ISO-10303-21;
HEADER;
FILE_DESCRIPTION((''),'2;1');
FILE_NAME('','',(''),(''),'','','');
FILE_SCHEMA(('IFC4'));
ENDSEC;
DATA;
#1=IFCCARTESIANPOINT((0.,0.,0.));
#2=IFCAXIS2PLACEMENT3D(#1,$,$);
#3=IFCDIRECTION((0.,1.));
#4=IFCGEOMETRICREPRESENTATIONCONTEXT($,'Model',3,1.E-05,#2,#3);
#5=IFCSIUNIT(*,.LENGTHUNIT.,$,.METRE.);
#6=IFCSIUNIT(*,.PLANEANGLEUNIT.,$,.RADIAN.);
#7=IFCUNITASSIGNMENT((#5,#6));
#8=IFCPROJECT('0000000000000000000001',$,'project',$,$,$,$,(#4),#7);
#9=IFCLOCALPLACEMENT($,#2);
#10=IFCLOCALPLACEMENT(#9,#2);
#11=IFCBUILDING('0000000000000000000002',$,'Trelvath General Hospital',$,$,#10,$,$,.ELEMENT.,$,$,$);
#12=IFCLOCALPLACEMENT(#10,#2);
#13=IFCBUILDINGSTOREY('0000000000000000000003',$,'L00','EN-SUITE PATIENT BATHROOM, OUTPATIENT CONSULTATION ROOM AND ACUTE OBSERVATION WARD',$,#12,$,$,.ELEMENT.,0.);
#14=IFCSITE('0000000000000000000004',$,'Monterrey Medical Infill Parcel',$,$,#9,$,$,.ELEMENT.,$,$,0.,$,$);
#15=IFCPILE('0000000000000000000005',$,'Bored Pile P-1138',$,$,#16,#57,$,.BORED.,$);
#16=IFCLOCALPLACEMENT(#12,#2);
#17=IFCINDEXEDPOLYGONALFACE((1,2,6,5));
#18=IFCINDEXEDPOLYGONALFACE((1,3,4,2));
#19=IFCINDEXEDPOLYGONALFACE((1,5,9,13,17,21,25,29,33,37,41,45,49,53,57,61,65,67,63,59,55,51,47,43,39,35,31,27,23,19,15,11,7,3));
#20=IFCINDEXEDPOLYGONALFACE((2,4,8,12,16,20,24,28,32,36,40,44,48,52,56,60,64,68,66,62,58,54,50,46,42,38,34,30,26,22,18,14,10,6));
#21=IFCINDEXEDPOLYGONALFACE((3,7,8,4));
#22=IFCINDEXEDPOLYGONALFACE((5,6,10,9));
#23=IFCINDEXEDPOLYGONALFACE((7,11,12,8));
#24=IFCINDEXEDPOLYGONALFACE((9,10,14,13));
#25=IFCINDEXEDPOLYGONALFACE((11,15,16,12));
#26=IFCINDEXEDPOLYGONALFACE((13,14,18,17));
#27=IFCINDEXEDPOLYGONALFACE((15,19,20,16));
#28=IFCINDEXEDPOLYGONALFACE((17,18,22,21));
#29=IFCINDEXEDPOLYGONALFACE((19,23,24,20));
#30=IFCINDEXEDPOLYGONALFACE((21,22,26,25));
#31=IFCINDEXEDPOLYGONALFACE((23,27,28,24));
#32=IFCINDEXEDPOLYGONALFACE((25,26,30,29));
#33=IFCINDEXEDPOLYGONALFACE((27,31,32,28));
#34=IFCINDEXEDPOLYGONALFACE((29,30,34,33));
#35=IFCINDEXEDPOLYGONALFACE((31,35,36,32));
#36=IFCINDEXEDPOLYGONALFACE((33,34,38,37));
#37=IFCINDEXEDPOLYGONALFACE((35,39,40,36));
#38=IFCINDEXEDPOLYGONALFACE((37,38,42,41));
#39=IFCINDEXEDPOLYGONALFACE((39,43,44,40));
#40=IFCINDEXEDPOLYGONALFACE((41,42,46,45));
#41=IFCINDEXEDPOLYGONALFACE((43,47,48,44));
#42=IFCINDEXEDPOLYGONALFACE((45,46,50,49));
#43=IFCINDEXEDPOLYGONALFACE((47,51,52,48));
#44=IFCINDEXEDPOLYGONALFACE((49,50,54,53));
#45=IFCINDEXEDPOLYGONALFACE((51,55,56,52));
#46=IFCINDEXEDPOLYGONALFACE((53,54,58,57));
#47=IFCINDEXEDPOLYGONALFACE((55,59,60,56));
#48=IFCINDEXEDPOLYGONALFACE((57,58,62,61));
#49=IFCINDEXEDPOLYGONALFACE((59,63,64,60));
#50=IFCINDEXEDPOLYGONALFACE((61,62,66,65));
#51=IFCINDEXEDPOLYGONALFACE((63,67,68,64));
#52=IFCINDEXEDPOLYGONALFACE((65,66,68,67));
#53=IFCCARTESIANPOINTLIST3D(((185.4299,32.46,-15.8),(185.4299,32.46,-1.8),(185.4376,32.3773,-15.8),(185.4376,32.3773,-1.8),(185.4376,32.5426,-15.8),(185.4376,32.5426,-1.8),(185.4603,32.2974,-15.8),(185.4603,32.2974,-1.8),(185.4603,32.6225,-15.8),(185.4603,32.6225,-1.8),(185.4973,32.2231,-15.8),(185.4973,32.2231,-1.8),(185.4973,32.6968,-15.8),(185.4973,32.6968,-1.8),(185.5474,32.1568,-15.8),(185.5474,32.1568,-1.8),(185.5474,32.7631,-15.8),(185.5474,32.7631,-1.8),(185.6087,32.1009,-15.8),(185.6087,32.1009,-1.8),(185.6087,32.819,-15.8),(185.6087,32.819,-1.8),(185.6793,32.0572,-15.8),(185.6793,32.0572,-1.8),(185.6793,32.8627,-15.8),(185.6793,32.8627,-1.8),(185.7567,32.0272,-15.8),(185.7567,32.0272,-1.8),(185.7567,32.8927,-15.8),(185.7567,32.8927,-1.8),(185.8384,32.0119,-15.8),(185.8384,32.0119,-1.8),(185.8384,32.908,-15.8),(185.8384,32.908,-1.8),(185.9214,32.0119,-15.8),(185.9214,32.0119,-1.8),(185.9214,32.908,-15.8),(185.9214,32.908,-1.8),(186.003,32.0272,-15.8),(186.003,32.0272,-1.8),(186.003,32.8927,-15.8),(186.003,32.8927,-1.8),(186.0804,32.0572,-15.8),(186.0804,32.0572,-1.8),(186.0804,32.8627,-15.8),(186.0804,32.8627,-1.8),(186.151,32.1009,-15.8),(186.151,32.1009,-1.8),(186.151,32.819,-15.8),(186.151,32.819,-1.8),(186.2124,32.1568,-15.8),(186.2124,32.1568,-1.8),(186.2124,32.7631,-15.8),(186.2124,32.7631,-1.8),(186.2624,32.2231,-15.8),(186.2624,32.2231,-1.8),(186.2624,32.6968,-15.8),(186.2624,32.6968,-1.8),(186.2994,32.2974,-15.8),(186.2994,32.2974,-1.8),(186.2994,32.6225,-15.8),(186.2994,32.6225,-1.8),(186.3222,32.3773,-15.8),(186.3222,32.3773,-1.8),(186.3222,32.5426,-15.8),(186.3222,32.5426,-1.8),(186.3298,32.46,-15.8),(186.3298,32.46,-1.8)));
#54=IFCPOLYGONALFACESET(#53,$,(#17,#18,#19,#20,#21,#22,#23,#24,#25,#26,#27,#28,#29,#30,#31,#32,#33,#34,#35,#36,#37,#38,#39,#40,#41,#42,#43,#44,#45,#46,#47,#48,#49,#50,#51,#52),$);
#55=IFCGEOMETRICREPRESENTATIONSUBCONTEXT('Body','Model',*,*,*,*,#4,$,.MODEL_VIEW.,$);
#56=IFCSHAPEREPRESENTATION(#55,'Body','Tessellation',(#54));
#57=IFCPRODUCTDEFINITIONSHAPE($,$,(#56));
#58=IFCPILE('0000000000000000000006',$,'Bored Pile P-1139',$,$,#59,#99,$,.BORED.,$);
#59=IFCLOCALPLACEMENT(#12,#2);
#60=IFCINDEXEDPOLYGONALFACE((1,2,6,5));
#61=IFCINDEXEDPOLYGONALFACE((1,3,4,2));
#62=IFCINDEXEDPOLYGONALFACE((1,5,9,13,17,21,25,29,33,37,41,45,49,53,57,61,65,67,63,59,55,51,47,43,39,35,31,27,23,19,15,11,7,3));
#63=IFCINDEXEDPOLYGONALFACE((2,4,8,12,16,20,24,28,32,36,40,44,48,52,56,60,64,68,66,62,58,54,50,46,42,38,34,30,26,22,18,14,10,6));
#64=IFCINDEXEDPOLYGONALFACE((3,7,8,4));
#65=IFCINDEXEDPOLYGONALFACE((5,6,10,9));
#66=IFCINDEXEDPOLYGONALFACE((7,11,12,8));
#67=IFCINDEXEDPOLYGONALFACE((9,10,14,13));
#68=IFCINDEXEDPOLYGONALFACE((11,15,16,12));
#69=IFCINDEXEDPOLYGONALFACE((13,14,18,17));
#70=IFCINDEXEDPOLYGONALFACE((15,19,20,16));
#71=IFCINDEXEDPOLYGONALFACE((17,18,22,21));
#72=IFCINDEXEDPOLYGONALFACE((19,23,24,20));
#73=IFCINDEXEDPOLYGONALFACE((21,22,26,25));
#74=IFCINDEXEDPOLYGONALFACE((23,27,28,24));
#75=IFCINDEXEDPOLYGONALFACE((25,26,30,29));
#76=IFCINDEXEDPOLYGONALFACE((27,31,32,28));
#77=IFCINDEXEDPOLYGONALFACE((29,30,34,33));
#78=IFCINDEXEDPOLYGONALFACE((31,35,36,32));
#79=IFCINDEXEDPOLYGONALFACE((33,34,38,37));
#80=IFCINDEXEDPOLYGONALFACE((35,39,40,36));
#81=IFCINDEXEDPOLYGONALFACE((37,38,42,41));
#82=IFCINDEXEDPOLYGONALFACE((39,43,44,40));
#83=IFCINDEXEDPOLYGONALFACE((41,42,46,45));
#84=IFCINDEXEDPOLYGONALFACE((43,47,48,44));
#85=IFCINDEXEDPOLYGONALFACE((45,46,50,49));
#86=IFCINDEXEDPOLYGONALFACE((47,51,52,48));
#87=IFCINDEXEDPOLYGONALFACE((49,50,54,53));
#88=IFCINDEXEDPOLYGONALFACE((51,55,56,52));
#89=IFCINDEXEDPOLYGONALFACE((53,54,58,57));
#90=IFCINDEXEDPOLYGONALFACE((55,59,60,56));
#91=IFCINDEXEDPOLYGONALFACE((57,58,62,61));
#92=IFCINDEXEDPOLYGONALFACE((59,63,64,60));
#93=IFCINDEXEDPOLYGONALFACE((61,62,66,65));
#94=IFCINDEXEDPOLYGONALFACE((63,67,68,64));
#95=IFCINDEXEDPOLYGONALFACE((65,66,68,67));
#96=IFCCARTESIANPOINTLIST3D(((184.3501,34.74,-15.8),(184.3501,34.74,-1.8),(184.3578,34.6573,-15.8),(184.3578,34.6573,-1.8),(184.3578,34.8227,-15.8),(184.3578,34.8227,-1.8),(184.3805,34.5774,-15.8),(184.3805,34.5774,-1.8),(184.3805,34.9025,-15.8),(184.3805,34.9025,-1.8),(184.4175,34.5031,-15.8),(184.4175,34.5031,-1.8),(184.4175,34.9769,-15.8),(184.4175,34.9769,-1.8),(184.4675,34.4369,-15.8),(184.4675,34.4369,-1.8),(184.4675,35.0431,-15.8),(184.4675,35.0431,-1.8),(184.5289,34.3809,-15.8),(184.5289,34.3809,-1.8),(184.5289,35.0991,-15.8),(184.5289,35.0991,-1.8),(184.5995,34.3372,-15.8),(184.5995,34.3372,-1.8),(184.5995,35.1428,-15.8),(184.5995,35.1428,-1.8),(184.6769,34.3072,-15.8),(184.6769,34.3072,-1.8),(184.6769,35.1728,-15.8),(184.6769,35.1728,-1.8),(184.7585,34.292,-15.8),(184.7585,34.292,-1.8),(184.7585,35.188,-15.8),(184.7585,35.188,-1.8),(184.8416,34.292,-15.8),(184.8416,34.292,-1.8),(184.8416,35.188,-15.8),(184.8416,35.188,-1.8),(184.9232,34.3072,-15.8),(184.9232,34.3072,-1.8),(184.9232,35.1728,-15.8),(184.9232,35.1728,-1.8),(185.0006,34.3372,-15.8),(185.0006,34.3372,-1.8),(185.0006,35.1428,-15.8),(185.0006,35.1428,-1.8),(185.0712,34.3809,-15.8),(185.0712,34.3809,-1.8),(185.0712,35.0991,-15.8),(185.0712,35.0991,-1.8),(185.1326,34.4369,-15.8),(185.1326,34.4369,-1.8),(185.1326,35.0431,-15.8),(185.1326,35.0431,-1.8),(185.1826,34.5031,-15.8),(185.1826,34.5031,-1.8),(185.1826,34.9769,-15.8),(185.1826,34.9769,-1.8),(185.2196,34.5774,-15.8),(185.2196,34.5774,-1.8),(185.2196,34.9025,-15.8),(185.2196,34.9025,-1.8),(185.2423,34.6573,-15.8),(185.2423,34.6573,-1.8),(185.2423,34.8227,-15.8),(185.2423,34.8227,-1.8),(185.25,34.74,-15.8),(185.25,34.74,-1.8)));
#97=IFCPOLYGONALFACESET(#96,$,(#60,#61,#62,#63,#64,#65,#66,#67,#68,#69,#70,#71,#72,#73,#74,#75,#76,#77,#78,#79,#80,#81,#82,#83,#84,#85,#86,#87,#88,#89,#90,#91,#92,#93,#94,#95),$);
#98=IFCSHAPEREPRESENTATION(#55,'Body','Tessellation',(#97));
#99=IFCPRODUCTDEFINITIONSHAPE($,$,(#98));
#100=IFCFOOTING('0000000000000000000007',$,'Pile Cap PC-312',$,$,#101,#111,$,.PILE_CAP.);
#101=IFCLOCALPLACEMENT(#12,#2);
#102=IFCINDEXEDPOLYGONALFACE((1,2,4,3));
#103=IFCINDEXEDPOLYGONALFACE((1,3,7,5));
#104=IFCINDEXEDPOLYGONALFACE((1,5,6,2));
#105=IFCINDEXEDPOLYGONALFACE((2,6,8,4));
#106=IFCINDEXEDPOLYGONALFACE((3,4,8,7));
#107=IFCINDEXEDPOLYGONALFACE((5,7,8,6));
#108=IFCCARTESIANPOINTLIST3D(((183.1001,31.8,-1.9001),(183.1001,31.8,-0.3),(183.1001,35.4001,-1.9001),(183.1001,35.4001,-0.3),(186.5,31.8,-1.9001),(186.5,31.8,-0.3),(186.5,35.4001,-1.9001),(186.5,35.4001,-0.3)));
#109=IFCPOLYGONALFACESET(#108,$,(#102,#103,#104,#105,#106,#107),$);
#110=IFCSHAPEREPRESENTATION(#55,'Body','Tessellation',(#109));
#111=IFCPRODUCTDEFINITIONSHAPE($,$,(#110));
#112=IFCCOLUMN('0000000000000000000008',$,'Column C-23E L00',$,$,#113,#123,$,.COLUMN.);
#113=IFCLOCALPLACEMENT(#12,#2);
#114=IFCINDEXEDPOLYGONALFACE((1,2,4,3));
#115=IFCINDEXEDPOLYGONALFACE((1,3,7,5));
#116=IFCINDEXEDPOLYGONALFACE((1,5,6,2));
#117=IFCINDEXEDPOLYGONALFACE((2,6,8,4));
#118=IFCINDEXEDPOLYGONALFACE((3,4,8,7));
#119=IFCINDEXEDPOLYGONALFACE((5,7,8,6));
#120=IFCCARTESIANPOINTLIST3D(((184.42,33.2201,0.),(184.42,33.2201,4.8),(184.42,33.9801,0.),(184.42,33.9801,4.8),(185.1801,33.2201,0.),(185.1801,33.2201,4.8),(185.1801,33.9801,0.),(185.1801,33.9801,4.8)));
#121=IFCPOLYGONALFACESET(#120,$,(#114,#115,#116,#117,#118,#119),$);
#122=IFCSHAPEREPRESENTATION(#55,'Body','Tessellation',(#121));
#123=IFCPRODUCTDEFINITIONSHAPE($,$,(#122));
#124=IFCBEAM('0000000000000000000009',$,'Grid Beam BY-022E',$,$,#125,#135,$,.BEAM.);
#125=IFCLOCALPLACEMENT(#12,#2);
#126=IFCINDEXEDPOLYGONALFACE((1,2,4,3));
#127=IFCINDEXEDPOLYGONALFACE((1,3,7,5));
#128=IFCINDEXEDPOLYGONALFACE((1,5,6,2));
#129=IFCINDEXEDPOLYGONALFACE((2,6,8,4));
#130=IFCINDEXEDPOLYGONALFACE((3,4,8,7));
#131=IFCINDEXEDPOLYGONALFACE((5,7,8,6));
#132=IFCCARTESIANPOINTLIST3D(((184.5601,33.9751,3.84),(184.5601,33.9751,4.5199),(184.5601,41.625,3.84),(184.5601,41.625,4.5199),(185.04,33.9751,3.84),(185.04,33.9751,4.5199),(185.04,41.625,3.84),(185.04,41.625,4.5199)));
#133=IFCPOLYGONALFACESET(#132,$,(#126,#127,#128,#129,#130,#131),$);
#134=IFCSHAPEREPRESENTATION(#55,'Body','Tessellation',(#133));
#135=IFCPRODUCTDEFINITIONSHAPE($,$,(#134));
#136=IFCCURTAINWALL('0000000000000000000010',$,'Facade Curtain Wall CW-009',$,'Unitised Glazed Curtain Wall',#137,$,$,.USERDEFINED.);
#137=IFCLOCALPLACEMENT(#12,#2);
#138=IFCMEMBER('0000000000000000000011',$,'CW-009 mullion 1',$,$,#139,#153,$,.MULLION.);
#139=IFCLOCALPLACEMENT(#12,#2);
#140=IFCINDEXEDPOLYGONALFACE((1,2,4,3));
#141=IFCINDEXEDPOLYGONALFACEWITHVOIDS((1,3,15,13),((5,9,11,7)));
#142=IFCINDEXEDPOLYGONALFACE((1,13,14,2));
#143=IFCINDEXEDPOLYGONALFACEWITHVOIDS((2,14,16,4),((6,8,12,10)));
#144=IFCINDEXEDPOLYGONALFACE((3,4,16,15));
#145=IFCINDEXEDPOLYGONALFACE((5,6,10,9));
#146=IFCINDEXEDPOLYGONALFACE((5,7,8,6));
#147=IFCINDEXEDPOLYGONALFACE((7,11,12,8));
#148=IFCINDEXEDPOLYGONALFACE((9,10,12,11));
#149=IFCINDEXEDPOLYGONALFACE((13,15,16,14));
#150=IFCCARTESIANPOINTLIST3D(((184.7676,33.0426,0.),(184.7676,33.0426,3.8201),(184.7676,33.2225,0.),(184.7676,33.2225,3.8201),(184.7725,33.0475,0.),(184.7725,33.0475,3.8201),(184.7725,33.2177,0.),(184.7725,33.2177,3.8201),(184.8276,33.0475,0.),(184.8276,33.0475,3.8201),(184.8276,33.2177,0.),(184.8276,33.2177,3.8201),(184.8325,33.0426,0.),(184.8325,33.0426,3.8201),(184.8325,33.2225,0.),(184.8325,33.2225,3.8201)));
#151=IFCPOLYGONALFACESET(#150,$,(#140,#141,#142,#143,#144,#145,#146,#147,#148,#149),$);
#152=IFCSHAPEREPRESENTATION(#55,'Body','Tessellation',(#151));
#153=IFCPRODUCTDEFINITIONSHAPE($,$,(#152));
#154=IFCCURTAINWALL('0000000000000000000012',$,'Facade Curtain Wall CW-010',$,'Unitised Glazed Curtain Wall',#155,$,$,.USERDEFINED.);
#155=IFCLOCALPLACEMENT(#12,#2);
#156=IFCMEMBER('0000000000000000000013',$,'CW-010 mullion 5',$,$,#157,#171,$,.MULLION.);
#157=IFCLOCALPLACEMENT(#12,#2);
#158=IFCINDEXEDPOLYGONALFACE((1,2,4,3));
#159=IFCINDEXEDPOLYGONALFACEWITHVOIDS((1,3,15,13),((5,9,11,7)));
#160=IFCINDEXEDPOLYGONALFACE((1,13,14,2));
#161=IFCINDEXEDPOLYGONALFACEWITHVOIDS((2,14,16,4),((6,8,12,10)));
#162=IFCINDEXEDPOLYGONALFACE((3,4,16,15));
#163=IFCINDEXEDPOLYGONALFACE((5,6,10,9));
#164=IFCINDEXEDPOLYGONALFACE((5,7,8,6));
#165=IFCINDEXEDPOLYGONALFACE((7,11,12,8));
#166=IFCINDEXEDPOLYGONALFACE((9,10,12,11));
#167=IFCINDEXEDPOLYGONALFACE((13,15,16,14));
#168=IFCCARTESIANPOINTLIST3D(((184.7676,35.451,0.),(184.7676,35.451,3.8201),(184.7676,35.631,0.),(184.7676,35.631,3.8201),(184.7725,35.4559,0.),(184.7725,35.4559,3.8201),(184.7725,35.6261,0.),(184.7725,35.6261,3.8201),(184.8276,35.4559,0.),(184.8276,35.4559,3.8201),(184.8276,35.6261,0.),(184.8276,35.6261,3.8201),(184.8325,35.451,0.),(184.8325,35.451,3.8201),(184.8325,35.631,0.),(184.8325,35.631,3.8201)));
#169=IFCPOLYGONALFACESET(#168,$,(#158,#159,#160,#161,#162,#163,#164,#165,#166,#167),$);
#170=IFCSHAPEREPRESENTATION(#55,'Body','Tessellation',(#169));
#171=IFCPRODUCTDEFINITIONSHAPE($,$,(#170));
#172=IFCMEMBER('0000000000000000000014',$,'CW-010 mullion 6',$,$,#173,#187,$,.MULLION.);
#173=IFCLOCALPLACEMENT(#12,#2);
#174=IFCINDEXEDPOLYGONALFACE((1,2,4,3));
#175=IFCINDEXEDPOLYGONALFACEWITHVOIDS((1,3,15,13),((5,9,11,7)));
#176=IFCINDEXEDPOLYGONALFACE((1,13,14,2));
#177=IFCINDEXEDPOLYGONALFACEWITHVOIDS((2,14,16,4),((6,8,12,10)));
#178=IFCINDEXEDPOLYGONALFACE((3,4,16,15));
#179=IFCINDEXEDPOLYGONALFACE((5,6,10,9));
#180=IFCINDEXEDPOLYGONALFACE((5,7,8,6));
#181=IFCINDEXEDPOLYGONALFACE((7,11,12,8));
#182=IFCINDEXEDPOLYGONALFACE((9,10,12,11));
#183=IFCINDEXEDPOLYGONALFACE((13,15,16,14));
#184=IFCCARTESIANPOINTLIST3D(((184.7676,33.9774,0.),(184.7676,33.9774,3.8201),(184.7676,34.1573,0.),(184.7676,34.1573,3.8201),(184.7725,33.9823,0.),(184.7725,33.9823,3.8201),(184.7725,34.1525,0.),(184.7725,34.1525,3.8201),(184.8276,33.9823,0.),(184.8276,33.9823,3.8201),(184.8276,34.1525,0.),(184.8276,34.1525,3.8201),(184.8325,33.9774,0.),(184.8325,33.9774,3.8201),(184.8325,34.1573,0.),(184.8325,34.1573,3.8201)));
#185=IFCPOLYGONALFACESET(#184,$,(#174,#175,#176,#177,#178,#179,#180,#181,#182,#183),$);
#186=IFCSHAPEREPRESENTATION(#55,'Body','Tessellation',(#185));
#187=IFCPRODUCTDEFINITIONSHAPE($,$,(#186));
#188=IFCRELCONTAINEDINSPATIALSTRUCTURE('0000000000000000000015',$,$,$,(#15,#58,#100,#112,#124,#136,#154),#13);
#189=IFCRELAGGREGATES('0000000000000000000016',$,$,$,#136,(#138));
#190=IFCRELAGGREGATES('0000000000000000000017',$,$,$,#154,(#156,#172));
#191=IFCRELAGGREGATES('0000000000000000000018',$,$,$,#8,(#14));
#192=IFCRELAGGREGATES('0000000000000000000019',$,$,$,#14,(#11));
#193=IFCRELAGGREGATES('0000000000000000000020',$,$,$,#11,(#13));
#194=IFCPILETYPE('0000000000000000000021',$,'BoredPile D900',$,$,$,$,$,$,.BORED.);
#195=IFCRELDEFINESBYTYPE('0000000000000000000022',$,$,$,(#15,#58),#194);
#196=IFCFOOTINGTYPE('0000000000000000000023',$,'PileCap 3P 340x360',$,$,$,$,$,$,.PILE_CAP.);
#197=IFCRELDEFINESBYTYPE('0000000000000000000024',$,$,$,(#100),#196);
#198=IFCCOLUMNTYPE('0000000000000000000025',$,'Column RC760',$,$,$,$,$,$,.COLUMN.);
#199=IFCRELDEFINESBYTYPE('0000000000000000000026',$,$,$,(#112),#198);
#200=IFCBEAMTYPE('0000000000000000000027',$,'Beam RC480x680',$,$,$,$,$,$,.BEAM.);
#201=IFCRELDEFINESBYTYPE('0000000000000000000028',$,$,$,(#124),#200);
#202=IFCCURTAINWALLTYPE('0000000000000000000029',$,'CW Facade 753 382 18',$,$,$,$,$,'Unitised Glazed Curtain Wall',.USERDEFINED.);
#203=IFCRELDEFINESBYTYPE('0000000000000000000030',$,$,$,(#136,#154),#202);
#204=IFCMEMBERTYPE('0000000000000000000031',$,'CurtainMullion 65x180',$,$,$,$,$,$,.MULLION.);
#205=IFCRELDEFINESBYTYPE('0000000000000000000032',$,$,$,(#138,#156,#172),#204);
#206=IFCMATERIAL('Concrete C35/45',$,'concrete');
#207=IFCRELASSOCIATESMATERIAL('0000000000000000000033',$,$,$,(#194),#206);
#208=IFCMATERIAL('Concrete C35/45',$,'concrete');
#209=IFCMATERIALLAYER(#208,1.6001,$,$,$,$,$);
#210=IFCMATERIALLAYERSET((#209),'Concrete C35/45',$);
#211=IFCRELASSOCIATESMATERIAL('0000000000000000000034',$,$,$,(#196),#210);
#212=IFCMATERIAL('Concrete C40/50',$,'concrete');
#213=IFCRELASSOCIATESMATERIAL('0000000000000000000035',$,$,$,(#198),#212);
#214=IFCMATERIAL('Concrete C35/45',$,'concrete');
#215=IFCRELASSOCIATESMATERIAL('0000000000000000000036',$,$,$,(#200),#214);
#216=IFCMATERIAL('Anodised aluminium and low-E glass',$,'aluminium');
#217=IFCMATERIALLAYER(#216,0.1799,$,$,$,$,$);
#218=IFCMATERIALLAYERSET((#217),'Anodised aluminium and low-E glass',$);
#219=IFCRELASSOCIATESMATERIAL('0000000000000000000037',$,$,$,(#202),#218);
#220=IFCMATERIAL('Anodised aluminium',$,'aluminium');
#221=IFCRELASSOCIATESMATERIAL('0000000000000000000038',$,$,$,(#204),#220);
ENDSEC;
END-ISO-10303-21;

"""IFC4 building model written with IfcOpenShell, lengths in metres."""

from ifc_helpers import new_model, si_unit, direction, frame, origin, origin_2d, place, context, subcontext, project, spatial, rectangle, hollow_rectangle, circle, extrude, material, layer, layer_set, material_profile, profile_set, type_object, element, aggregate, save


model = new_model("IFC4")

# Units and contexts
model_context = context("Model", 3, precision=1e-05, world=origin(), true_north=direction((0.0, 1.0)))
body_context = subcontext(model_context, "Body", "Model", "MODEL_VIEW")
ifc_project = project(units=[si_unit("LENGTHUNIT", "METRE"), si_unit("PLANEANGLEUNIT", "RADIAN")], contexts=[model_context])

# Site, building, storey
site_placement = place(None, origin())
site = spatial("IfcSite", under=ifc_project, at=site_placement, Name="Monterrey Medical Infill Parcel", CompositionType="ELEMENT", RefElevation=0.0)
building_placement = place(site_placement, origin())
building = spatial("IfcBuilding", under=site, at=building_placement, Name="Trelvath General Hospital", CompositionType="ELEMENT")
storey_placement = place(building_placement, origin())
storey = spatial("IfcBuildingStorey", under=building, at=storey_placement, Name="L00", Description="EN-SUITE PATIENT BATHROOM, OUTPATIENT CONSULTATION ROOM AND ACUTE OBSERVATION WARD", CompositionType="ELEMENT", Elevation=0.0)

# Piles
ifc_material_1 = material(Name="Concrete C35/45", Category="concrete")
ifc_material_profile_1 = material_profile(ifc_material_1, circle(Radius=0.45, at=origin_2d()), Name="PILE900")
ifc_profile_set_1 = profile_set([ifc_material_profile_1], Name="Concrete C35/45")
pile_type = type_object("IfcPileType", Name="BoredPile D900", PredefinedType="BORED", material=ifc_profile_set_1)
for number, where, z_axis, x_axis, name in (
    (1, (185.8799, 32.46, -1.8), (0.0, 0.0, -1.0), (1.0, 0.0, 0.0), "Bored Pile P-1138"),
    (2, (184.8, 34.74, -1.8), (0.0, 0.0, -1.0), (1.0, 0.0, 0.0), "Bored Pile P-1139"),
):
    element("IfcPile", number, at=place(storey_placement, frame(where, z_axis=z_axis, x_axis=x_axis)), inside=storey, type_object=pile_type, Name=name, PredefinedType="BORED", context=body_context, shape_type="SweptSolid", body=[
        extrude(circle(Radius=0.45, at=origin_2d()), origin(), (0.0, 0.0, 1.0), 14.0),
    ])

# Footing
ifc_material_2 = material(Name="Concrete C35/45", Category="concrete")
ifc_layer_1 = layer(ifc_material_2, 1.6001)
ifc_layer_set_1 = layer_set([ifc_layer_1], Name="Concrete C35/45")
footing_type = type_object("IfcFootingType", Name="PileCap 3P 340x360", PredefinedType="PILE_CAP", material=ifc_layer_set_1)
footing_placement = place(storey_placement, frame((184.8, 33.6001, -1.9001), z_axis=(0.0, 0.0, 1.0), x_axis=(1.0, 0.0, 0.0)))
element("IfcFooting", 3, at=footing_placement, inside=storey, type_object=footing_type, Name="Pile Cap PC-312", PredefinedType="PILE_CAP", context=body_context, shape_type="SweptSolid", body=[
    extrude(rectangle(XDim=3.3999, YDim=3.6001, at=origin_2d()), origin(), (0.0, 0.0, 1.0), 1.6001),
])

# Column
ifc_material_3 = material(Name="Concrete C40/50", Category="concrete")
ifc_material_profile_2 = material_profile(ifc_material_3, rectangle(XDim=0.76, YDim=0.76, at=origin_2d()), Name="RC760x760")
ifc_profile_set_2 = profile_set([ifc_material_profile_2], Name="Concrete C40/50")
column_type = type_object("IfcColumnType", Name="Column RC760", PredefinedType="COLUMN", material=ifc_profile_set_2)
column_placement = place(storey_placement, frame((184.8, 33.6001, 0.0), z_axis=(0.0, 0.0, 1.0), x_axis=(1.0, 0.0, 0.0)))
element("IfcColumn", 4, at=column_placement, inside=storey, type_object=column_type, Name="Column C-23E L00", PredefinedType="COLUMN", context=body_context, shape_type="SweptSolid", body=[
    extrude(rectangle(XDim=0.76, YDim=0.76, at=origin_2d()), origin(), (0.0, 0.0, 1.0), 4.8),
])

# Beam
ifc_material_4 = material(Name="Concrete C35/45", Category="concrete")
ifc_material_profile_3 = material_profile(ifc_material_4, rectangle(XDim=0.48, YDim=0.6799, at=origin_2d()), Name="RCB480x680")
ifc_profile_set_3 = profile_set([ifc_material_profile_3], Name="Concrete C35/45")
beam_type = type_object("IfcBeamType", Name="Beam RC480x680", PredefinedType="BEAM", material=ifc_profile_set_3)
beam_placement = place(storey_placement, frame((184.8, 33.9751, 4.1799), z_axis=(0.0, 1.0, 0.0), x_axis=(-1.0, 0.0, 0.0)))
element("IfcBeam", 5, at=beam_placement, inside=storey, type_object=beam_type, Name="Grid Beam BY-022E", PredefinedType="BEAM", context=body_context, shape_type="SweptSolid", body=[
    extrude(rectangle(XDim=0.48, YDim=0.6799, at=origin_2d()), origin(), (0.0, 0.0, 1.0), 7.6499),
])

# Curtain wall, member
ifc_material_5 = material(Name="Anodised aluminium and low-E glass", Category="aluminium")
ifc_layer_2 = layer(ifc_material_5, 0.1799)
ifc_layer_set_2 = layer_set([ifc_layer_2], Name="Anodised aluminium and low-E glass")
curtain_wall_type = type_object("IfcCurtainWallType", Name="CW Facade 753 382 18", ElementType="Unitised Glazed Curtain Wall", PredefinedType="USERDEFINED", material=ifc_layer_set_2)
curtain_wall_1_placement = place(storey_placement, origin())
curtain_wall_1 = element("IfcCurtainWall", 6, at=curtain_wall_1_placement, inside=storey, type_object=curtain_wall_type, Name="Facade Curtain Wall CW-009", ObjectType="Unitised Glazed Curtain Wall", PredefinedType="USERDEFINED")
ifc_material_6 = material(Name="Anodised aluminium", Category="aluminium")
ifc_material_profile_4 = material_profile(ifc_material_6, hollow_rectangle(XDim=0.0649, YDim=0.1799, WallThickness=0.0049, at=origin_2d()), Name="RHS65x180x5")
ifc_profile_set_4 = profile_set([ifc_material_profile_4], Name="Anodised aluminium")
member_type_1 = type_object("IfcMemberType", Name="CurtainMullion 65x180", PredefinedType="MULLION", material=ifc_profile_set_4)
member_1_placement = place(storey_placement, frame((184.8, 33.1326, 0.0), z_axis=(0.0, 0.0, 1.0), x_axis=(1.0, 0.0, 0.0)))
member_1 = element("IfcMember", 7, at=member_1_placement, type_object=member_type_1, Name="CW-009 mullion 1", PredefinedType="MULLION", context=body_context, shape_type="SweptSolid", body=[
    extrude(hollow_rectangle(XDim=0.0649, YDim=0.1799, WallThickness=0.0049, at=origin_2d()), origin(), (0.0, 0.0, 1.0), 3.8201),
])

# Curtain wall, members
curtain_wall_2_placement = place(storey_placement, origin())
curtain_wall_2 = element("IfcCurtainWall", 8, at=curtain_wall_2_placement, inside=storey, type_object=curtain_wall_type, Name="Facade Curtain Wall CW-010", ObjectType="Unitised Glazed Curtain Wall", PredefinedType="USERDEFINED")
member_2_placement = place(storey_placement, frame((184.8, 35.541, 0.0), z_axis=(0.0, 0.0, 1.0), x_axis=(1.0, 0.0, 0.0)))
member_2 = element("IfcMember", 9, at=member_2_placement, type_object=member_type_1, Name="CW-010 mullion 5", PredefinedType="MULLION", context=body_context, shape_type="SweptSolid", body=[
    extrude(hollow_rectangle(XDim=0.0649, YDim=0.1799, WallThickness=0.0049, at=origin_2d()), origin(), (0.0, 0.0, 1.0), 3.8201),
])
member_3_placement = place(storey_placement, frame((184.8, 34.0674, 0.0), z_axis=(0.0, 0.0, 1.0), x_axis=(1.0, 0.0, 0.0)))
member_3 = element("IfcMember", 10, at=member_3_placement, type_object=member_type_1, Name="CW-010 mullion 6", PredefinedType="MULLION", context=body_context, shape_type="SweptSolid", body=[
    extrude(hollow_rectangle(XDim=0.0649, YDim=0.1799, WallThickness=0.0049, at=origin_2d()), origin(), (0.0, 0.0, 1.0), 3.8201),
])

aggregate(curtain_wall_1, [member_1])

aggregate(curtain_wall_2, [member_2, member_3])

save(model, "model.ifc")
